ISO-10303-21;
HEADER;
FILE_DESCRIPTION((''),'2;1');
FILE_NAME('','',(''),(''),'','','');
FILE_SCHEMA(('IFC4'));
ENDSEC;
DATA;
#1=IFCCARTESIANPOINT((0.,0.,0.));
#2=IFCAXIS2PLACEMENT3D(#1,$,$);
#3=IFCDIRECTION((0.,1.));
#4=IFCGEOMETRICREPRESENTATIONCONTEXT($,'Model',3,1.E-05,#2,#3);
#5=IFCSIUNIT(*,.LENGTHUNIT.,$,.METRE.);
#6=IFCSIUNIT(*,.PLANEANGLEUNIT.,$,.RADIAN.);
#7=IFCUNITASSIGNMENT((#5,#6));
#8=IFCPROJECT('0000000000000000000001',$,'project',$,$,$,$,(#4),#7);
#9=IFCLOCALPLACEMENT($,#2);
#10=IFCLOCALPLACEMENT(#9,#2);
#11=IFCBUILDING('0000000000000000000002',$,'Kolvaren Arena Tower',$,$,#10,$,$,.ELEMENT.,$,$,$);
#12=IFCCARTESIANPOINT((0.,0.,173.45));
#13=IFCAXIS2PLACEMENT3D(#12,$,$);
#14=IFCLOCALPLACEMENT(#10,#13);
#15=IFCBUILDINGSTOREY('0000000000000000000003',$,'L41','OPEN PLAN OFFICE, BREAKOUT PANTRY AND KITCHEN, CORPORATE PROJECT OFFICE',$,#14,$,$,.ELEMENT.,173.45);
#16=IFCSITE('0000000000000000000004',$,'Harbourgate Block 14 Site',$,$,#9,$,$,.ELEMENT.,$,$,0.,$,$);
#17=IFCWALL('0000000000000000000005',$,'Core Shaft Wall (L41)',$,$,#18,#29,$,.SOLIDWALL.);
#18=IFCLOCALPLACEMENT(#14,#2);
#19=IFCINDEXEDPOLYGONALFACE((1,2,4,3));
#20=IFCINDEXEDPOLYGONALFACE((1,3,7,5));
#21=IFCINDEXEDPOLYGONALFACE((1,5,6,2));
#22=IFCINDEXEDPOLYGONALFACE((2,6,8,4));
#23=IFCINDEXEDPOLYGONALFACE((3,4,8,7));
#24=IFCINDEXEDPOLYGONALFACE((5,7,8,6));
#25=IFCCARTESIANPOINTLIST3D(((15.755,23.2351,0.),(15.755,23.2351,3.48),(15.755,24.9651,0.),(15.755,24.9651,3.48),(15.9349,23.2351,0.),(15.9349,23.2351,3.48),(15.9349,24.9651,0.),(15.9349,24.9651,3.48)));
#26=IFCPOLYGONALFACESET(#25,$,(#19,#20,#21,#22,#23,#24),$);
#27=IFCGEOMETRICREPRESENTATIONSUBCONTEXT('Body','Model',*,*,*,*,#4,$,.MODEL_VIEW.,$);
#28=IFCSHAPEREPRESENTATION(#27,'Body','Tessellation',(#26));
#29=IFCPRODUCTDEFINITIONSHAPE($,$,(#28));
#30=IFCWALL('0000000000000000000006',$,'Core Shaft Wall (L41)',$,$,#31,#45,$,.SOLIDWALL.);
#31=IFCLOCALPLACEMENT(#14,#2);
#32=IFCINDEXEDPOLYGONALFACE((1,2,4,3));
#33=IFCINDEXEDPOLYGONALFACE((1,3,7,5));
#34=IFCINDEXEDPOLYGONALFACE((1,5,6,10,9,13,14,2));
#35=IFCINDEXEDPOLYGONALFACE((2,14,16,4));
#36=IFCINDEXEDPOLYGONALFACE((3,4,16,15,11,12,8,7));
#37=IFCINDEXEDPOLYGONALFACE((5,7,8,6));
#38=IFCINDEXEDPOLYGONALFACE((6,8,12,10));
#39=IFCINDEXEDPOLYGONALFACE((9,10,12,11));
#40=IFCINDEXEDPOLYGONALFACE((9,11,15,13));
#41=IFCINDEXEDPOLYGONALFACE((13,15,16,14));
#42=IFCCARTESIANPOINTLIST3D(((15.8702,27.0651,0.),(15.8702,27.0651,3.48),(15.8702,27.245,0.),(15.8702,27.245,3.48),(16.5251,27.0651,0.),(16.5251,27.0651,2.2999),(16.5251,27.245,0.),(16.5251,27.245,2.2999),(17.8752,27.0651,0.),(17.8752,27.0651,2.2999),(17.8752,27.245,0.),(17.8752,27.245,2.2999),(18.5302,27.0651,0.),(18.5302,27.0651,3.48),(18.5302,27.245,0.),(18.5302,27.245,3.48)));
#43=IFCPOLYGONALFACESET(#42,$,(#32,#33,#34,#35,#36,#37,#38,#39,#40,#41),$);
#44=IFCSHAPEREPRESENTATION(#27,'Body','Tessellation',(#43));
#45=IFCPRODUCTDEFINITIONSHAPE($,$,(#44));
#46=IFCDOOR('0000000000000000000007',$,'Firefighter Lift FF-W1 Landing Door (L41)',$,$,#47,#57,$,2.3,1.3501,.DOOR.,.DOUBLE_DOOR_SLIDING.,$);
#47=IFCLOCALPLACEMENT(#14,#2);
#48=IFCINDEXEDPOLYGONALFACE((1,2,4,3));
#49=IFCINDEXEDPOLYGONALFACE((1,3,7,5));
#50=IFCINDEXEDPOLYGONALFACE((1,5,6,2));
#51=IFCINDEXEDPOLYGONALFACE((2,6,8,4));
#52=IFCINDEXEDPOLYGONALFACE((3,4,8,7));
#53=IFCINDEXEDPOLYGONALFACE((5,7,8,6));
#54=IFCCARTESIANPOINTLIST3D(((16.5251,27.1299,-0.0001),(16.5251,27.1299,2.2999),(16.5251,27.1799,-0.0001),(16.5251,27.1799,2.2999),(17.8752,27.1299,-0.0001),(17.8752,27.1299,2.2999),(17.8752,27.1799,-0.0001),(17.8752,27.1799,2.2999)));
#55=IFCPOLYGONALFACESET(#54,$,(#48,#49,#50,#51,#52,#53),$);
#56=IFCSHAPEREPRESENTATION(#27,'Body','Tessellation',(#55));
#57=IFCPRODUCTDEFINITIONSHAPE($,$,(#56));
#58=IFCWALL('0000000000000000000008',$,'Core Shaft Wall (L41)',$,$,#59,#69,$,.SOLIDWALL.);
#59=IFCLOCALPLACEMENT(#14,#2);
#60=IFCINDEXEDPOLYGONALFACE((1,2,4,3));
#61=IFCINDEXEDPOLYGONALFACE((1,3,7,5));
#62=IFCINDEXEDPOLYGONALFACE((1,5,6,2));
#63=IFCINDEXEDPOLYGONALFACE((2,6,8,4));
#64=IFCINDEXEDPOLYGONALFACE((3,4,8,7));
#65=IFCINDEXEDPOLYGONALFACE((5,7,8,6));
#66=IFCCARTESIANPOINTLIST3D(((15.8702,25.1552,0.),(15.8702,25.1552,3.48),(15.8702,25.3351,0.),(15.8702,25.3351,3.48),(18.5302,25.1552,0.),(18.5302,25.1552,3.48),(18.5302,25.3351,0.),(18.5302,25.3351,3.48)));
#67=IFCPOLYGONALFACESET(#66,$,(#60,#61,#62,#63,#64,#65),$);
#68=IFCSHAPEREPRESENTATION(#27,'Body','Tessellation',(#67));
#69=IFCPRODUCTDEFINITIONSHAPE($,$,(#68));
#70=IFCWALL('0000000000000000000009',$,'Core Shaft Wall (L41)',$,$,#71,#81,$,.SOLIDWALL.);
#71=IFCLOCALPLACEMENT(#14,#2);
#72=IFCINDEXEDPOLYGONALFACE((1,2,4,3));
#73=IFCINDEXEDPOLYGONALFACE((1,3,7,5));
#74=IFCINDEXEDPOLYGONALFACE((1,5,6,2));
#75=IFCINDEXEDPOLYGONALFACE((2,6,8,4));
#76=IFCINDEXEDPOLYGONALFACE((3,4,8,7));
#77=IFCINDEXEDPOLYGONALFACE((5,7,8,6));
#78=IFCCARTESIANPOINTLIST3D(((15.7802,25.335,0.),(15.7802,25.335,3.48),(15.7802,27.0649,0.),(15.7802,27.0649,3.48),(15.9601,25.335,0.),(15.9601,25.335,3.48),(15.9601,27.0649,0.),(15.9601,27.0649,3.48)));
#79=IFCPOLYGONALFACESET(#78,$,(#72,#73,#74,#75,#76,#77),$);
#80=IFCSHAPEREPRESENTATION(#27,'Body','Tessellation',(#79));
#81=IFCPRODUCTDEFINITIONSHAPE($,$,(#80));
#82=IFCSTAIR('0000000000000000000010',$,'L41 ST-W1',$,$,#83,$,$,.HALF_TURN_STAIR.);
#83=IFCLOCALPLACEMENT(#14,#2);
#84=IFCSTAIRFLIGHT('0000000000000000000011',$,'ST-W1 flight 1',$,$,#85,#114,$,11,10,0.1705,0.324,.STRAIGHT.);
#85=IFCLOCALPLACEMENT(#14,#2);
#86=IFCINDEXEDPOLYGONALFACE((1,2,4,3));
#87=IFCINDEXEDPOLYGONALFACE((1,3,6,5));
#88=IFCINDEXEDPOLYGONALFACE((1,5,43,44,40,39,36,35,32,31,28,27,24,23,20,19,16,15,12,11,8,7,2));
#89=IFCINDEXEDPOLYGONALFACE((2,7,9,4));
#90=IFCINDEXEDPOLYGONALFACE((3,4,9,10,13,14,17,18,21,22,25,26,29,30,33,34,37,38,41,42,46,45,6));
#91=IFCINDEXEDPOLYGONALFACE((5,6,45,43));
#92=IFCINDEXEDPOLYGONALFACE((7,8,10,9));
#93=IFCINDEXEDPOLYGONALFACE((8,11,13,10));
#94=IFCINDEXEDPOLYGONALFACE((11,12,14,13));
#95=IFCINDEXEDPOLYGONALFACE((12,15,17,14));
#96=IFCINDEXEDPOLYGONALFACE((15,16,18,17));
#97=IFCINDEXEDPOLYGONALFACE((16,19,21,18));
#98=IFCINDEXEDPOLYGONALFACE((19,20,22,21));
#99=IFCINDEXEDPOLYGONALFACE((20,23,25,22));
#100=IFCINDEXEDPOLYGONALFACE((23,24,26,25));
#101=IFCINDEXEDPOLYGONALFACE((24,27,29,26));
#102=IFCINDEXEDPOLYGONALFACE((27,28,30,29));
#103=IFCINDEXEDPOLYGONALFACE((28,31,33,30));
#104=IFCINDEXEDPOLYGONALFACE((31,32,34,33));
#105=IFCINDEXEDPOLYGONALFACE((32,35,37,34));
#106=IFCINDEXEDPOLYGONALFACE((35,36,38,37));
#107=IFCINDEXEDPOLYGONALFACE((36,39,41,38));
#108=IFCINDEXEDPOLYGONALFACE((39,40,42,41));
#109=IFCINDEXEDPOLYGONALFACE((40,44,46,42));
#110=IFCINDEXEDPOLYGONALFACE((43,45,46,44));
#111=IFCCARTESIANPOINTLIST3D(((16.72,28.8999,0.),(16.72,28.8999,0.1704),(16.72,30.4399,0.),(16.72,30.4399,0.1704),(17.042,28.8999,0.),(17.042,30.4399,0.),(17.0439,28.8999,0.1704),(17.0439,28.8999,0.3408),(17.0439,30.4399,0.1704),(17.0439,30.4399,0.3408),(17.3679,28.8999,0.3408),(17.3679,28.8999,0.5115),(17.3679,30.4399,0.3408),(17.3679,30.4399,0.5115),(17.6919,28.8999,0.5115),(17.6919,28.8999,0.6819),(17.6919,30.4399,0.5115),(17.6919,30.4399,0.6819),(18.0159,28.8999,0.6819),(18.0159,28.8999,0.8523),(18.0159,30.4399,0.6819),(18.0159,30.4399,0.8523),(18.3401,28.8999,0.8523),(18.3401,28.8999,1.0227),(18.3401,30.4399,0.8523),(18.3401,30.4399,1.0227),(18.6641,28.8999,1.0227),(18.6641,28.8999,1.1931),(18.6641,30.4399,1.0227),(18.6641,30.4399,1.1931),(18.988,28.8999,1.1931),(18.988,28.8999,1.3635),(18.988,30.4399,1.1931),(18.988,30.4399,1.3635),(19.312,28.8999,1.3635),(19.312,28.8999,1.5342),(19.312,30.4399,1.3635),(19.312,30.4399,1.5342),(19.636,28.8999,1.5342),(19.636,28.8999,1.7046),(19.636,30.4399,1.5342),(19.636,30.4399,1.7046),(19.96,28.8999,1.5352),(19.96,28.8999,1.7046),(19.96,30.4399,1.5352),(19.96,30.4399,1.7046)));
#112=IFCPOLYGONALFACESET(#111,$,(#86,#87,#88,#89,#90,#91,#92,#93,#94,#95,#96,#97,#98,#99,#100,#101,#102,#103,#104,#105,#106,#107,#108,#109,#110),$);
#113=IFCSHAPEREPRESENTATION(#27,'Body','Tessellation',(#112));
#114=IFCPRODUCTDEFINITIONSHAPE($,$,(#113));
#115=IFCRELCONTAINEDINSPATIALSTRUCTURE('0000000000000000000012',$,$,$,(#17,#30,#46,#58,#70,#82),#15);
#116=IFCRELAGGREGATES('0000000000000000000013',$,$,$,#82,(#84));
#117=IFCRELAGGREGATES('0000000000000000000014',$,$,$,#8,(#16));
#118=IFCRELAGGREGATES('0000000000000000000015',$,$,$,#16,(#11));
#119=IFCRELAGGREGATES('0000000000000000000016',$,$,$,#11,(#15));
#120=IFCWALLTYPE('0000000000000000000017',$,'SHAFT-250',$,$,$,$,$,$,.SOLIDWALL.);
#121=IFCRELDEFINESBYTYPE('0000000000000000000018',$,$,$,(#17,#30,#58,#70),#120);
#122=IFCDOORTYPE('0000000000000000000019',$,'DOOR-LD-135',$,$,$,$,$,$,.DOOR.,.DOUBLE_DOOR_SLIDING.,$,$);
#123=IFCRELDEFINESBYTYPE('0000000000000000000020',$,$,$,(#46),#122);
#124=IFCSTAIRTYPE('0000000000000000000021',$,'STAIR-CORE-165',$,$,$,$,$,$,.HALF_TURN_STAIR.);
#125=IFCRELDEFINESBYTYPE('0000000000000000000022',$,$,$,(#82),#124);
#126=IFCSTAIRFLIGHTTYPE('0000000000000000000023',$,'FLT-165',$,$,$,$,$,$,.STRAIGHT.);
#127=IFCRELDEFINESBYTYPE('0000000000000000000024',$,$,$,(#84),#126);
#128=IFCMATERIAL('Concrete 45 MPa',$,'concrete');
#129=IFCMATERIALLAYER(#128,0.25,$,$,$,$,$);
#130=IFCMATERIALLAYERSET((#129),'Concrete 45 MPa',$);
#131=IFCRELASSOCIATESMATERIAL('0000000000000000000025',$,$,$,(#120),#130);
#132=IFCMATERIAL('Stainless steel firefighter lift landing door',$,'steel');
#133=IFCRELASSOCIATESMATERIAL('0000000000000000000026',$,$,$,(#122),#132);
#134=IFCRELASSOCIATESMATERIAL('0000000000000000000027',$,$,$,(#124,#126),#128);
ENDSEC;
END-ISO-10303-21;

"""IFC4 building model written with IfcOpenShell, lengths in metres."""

from ifc_helpers import new_model, si_unit, direction, frame, frame_2d, origin, place, context, subcontext, project, spatial, polyline, rectangle, outline, extrude, material, layer, layer_set, type_object, element, fill, aggregate, save


model = new_model("IFC4")

# Units and contexts
model_context = context("Model", 3, precision=1e-05, world=origin(), true_north=direction((0.0, 1.0)))
body_context = subcontext(model_context, "Body", "Model", "MODEL_VIEW")
ifc_project = project(units=[si_unit("LENGTHUNIT", "METRE"), si_unit("PLANEANGLEUNIT", "RADIAN")], contexts=[model_context])

# Site, building, storey
site_placement = place(None, origin())
site = spatial("IfcSite", under=ifc_project, at=site_placement, Name="Harbourgate Block 14 Site", CompositionType="ELEMENT", RefElevation=0.0)
building_placement = place(site_placement, origin())
building = spatial("IfcBuilding", under=site, at=building_placement, Name="Kolvaren Arena Tower", CompositionType="ELEMENT")
storey_placement = place(building_placement, frame((0.0, 0.0, 173.45)))
storey = spatial("IfcBuildingStorey", under=building, at=storey_placement, Name="L41", Description="OPEN PLAN OFFICE, BREAKOUT PANTRY AND KITCHEN, CORPORATE PROJECT OFFICE", CompositionType="ELEMENT", Elevation=173.45)

# Shared definitions
ifc_material_1 = material(Name="Concrete 45 MPa", Category="concrete")
ifc_layer = layer(ifc_material_1, 0.25)
ifc_layer_set = layer_set([ifc_layer], Name="Concrete 45 MPa")
wall_type = type_object("IfcWallType", Name="SHAFT-250", PredefinedType="SOLIDWALL", material=ifc_layer_set)

# Wall
wall_1_placement = place(storey_placement, frame((15.845, 23.2351, 0.0), z_axis=(0.0, 0.0, 1.0), x_axis=(0.0, 1.0, 0.0)))
element("IfcWall", 1, at=wall_1_placement, inside=storey, type_object=wall_type, Name="Core Shaft Wall (L41)", PredefinedType="SOLIDWALL", context=body_context, shape_type="SweptSolid", body=[
    extrude(rectangle(XDim=1.73, YDim=0.1799, at=frame_2d((0.865, 0.0))), origin(), (0.0, 0.0, 1.0), 3.48),
])

# Wall, opening, door
wall_2_placement = place(storey_placement, frame((15.8701, 27.155, 0.0), z_axis=(0.0, 0.0, 1.0), x_axis=(1.0, 0.0, 0.0)))
wall_2 = element("IfcWall", 2, at=wall_2_placement, inside=storey, type_object=wall_type, Name="Core Shaft Wall (L41)", PredefinedType="SOLIDWALL", context=body_context, shape_type="SweptSolid", body=[
    extrude(rectangle(XDim=2.6599, YDim=0.1799, at=frame_2d((1.3301, 0.0))), origin(), (0.0, 0.0, 1.0), 3.48),
])
opening_1_placement = place(wall_2_placement, frame((0.655, 0.0, 0.0)))
opening_1 = element("IfcOpeningElement", 3, at=opening_1_placement, cuts=wall_2, PredefinedType="OPENING", context=body_context, shape_type="SweptSolid", body=[
    extrude(rectangle(XDim=1.3501, YDim=2.3, at=frame_2d((0.675, 1.1499))), frame((0.0, 0.0999, 0.0), z_axis=(0.0, -1.0, 0.0), x_axis=(1.0, 0.0, 0.0)), (0.0, 0.0, 1.0), 0.2),
])
ifc_material_2 = material(Name="Stainless steel firefighter lift landing door", Category="steel")
door_type_1 = type_object("IfcDoorType", Name="DOOR-LD-135", OperationType="DOUBLE_DOOR_SLIDING", PredefinedType="DOOR", material=ifc_material_2)
door_1_placement = place(opening_1_placement, origin())
door_1 = element("IfcDoor", 4, at=door_1_placement, inside=storey, type_object=door_type_1, Name="Firefighter Lift FF-W1 Landing Door (L41)", OperationType="DOUBLE_DOOR_SLIDING", OverallHeight=2.3, OverallWidth=1.3501, PredefinedType="DOOR", context=body_context, shape_type="SweptSolid", body=[
    extrude(rectangle(XDim=1.3501, YDim=2.3, at=frame_2d((0.675, 1.1499))), frame((0.0, 0.0249, 0.0), z_axis=(0.0, -1.0, 0.0), x_axis=(1.0, 0.0, 0.0)), (0.0, 0.0, 1.0), 0.05),
])
fill(opening_1, door_1)

# Walls
wall_3_placement = place(storey_placement, frame((15.8701, 25.2451, 0.0), z_axis=(0.0, 0.0, 1.0), x_axis=(1.0, 0.0, 0.0)))
element("IfcWall", 5, at=wall_3_placement, inside=storey, type_object=wall_type, Name="Core Shaft Wall (L41)", PredefinedType="SOLIDWALL", context=body_context, shape_type="SweptSolid", body=[
    extrude(rectangle(XDim=2.6599, YDim=0.1799, at=frame_2d((1.3301, 0.0))), origin(), (0.0, 0.0, 1.0), 3.48),
])
wall_4_placement = place(storey_placement, frame((15.8701, 25.335, 0.0), z_axis=(0.0, 0.0, 1.0), x_axis=(0.0, 1.0, 0.0)))
element("IfcWall", 6, at=wall_4_placement, inside=storey, type_object=wall_type, Name="Core Shaft Wall (L41)", PredefinedType="SOLIDWALL", context=body_context, shape_type="SweptSolid", body=[
    extrude(rectangle(XDim=1.73, YDim=0.1799, at=frame_2d((0.865, 0.0))), origin(), (0.0, 0.0, 1.0), 3.48),
])

# Stair, stair flight
stair_type = type_object("IfcStairType", Name="STAIR-CORE-165", PredefinedType="HALF_TURN_STAIR", material=ifc_material_1)
stair_placement = place(storey_placement, origin())
stair = element("IfcStair", 7, at=stair_placement, inside=storey, type_object=stair_type, Name="L41 ST-W1", PredefinedType="HALF_TURN_STAIR")
stair_flight_type = type_object("IfcStairFlightType", Name="FLT-165", PredefinedType="STRAIGHT", material=ifc_material_1)
stair_flight_placement = place(storey_placement, frame((16.72, 29.6699, 0.0), z_axis=(0.0, 0.0, 1.0), x_axis=(1.0, 0.0, 0.0)))
stair_flight = element("IfcStairFlight", 8, at=stair_flight_placement, type_object=stair_flight_type, Name="ST-W1 flight 1", NumberOfRisers=11, NumberOfTreads=10, PredefinedType="STRAIGHT", RiserHeight=0.1705, TreadLength=0.324, context=body_context, shape_type="SweptSolid", body=[
    extrude(outline(polyline([(0.0, 0.0), (0.0, 0.1704), (0.324, 0.1704), (0.324, 0.3408), (0.6479, 0.3408), (0.6479, 0.5115), (0.9719, 0.5115), (0.9719, 0.6819), (1.2959, 0.6819), (1.2959, 0.8523), (1.6201, 0.8523), (1.6201, 1.0227), (1.9441, 1.0227), (1.9441, 1.1931), (2.2681, 1.1931), (2.2681, 1.3635), (2.592, 1.3635), (2.592, 1.5342), (2.916, 1.5342), (2.916, 1.7046), (3.24, 1.7046), (3.24, 1.875), (3.24, 1.5352), (0.322, 0.0), (0.0, 0.0)])), frame((0.0, 0.77, 0.0), z_axis=(0.0, -1.0, 0.0), x_axis=(1.0, 0.0, 0.0)), (0.0, 0.0, 1.0), 1.54),
])
aggregate(stair, [stair_flight])

save(model, "model.ifc")
